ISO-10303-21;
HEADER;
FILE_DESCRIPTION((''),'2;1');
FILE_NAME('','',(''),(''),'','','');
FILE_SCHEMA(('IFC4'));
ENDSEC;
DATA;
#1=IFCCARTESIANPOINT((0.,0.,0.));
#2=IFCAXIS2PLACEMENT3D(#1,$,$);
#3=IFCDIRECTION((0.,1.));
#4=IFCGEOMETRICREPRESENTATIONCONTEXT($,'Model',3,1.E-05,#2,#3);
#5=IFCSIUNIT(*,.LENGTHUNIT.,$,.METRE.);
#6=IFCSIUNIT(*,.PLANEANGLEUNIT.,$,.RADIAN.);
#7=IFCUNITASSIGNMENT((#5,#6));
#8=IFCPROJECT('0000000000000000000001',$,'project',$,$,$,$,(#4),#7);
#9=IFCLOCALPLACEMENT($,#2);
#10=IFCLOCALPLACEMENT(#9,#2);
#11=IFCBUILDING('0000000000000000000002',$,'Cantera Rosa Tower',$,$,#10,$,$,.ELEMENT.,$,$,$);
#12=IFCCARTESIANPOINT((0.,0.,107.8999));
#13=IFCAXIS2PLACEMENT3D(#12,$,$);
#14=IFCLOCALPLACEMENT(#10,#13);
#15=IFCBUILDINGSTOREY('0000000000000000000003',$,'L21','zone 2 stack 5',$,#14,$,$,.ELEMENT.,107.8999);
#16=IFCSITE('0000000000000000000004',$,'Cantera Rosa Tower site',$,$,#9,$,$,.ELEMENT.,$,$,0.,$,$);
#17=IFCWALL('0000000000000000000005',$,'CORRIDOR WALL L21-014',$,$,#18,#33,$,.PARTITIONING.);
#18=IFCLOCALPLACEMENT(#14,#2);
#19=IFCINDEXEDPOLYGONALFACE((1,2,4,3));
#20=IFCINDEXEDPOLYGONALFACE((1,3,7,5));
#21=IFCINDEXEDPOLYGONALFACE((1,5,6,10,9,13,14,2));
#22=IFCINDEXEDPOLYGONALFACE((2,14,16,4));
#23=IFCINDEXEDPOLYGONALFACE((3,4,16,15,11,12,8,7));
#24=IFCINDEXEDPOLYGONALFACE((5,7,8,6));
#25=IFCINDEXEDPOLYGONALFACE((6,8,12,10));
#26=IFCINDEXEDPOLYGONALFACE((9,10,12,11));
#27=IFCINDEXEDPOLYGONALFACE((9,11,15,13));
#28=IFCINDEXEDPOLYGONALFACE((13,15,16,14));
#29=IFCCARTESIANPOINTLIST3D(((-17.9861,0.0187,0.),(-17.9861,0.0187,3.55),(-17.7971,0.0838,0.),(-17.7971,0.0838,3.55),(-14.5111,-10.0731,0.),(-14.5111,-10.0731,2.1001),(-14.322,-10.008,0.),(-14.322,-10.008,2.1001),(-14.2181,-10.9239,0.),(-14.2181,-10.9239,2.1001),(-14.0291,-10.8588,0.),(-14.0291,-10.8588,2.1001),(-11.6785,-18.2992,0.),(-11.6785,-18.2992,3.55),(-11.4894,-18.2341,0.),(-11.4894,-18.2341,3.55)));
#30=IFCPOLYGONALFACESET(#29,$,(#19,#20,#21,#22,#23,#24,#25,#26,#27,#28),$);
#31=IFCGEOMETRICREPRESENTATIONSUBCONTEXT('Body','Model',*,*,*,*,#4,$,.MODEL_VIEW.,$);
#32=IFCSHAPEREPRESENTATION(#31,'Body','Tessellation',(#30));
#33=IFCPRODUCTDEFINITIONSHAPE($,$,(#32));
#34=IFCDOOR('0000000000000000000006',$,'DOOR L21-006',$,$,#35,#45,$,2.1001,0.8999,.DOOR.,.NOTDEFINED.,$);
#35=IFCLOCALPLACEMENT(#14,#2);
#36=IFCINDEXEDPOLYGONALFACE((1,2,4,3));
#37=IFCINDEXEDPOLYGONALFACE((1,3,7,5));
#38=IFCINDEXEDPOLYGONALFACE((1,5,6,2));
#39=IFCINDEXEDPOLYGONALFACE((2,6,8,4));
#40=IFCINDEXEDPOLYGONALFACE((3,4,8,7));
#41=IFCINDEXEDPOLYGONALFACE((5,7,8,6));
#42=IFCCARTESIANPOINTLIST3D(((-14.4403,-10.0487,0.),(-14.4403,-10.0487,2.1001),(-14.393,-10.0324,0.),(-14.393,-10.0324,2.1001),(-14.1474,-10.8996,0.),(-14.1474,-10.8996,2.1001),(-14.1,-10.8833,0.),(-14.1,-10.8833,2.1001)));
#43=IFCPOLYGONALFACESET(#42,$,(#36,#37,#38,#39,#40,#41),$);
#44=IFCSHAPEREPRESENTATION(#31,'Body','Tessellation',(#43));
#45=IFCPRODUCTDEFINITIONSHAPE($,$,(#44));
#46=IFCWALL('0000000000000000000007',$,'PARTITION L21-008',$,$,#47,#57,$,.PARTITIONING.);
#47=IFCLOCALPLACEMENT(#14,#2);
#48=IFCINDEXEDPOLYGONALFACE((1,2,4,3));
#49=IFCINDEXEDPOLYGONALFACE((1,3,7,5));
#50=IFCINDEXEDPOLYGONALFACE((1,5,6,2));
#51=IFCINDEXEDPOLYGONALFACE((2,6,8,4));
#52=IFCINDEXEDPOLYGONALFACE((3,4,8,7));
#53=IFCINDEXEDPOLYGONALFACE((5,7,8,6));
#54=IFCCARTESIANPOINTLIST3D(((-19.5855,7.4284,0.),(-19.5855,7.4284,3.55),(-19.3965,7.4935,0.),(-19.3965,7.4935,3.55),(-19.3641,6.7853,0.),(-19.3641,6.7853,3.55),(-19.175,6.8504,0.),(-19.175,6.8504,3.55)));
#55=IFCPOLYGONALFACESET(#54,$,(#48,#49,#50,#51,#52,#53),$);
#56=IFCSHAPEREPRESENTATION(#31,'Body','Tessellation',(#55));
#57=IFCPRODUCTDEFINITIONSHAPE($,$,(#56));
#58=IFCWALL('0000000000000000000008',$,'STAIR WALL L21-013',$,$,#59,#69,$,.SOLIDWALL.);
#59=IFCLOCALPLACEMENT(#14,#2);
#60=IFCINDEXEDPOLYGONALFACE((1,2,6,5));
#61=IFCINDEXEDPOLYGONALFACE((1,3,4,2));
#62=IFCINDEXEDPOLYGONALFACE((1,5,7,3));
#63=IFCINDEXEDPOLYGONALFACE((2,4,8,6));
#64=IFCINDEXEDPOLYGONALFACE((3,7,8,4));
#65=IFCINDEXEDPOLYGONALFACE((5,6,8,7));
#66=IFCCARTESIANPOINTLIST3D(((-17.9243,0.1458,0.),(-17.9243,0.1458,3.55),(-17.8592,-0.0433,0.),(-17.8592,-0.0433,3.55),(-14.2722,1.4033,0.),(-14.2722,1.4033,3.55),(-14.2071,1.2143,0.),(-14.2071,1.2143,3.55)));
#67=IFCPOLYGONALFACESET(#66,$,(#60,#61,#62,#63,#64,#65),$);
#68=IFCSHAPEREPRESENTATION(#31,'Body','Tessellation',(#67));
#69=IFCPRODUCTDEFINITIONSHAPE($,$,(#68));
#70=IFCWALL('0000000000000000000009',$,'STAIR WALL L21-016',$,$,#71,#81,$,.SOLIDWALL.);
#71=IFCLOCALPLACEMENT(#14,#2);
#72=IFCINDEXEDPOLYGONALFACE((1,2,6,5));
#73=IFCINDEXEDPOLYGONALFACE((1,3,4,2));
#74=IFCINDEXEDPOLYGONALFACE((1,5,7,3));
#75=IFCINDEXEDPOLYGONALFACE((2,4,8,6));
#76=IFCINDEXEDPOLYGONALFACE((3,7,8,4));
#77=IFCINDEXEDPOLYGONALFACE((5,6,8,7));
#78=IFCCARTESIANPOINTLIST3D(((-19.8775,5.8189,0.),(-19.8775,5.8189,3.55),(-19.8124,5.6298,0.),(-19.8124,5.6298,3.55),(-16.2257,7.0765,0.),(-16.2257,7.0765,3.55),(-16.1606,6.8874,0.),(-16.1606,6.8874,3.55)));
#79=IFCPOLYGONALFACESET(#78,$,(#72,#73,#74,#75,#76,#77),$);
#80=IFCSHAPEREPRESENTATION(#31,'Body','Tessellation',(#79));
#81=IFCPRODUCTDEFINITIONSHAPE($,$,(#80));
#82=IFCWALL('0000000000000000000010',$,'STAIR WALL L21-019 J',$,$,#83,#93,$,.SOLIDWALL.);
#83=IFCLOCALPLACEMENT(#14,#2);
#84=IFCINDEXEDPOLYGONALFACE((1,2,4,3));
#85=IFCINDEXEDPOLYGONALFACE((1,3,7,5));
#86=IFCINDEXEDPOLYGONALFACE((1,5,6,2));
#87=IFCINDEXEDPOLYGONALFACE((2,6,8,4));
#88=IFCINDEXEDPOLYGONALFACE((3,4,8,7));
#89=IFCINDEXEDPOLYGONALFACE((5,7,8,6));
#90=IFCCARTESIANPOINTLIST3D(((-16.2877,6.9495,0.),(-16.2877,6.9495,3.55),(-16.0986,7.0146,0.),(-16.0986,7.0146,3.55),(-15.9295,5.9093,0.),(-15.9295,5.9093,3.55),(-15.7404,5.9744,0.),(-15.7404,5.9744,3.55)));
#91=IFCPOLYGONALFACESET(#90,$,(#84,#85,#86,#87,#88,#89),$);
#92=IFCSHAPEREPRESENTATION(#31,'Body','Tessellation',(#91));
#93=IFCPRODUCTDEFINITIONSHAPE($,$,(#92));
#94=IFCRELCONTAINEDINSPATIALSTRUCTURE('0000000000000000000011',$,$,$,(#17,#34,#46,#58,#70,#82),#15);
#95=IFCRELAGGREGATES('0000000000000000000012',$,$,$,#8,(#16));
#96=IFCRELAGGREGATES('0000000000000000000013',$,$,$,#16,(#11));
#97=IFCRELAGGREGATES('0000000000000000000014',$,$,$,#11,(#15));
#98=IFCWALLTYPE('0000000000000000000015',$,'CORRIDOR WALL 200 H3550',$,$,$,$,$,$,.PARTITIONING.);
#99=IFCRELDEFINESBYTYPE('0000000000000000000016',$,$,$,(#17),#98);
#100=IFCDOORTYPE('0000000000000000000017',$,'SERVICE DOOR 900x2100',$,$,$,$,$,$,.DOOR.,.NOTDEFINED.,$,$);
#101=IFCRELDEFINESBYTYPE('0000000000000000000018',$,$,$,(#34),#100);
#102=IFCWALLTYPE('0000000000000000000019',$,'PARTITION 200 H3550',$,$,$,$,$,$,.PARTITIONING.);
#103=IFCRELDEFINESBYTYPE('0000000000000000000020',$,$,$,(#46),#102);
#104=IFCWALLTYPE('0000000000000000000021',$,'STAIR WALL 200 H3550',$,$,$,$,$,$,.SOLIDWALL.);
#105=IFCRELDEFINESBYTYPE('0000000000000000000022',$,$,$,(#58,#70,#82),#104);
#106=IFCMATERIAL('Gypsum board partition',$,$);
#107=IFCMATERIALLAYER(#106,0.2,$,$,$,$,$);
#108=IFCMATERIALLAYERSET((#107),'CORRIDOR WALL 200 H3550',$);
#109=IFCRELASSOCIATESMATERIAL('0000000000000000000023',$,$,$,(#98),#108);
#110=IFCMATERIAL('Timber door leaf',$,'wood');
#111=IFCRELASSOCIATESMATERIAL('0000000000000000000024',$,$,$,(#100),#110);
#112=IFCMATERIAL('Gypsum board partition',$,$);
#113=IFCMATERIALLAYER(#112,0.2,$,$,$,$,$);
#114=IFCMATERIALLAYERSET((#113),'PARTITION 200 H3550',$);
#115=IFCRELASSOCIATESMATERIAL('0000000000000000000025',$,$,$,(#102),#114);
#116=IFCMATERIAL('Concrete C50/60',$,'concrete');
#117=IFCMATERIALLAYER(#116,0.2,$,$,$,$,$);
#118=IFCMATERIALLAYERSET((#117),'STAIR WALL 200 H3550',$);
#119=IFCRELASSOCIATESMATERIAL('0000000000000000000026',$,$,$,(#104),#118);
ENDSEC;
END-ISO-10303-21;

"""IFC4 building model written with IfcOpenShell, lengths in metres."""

from ifc_helpers import new_model, si_unit, direction, frame, frame_2d, origin, place, context, subcontext, project, spatial, rectangle, extrude, material, layer, layer_set, type_object, element, fill, save


model = new_model("IFC4")

# Units and contexts
model_context = context("Model", 3, precision=1e-05, world=origin(), true_north=direction((0.0, 1.0)))
body_context = subcontext(model_context, "Body", "Model", "MODEL_VIEW")
ifc_project = project(units=[si_unit("LENGTHUNIT", "METRE"), si_unit("PLANEANGLEUNIT", "RADIAN")], contexts=[model_context])

# Site, building, storey
site_placement = place(None, origin())
site = spatial("IfcSite", under=ifc_project, at=site_placement, Name="Cantera Rosa Tower site", CompositionType="ELEMENT", RefElevation=0.0)
building_placement = place(site_placement, origin())
building = spatial("IfcBuilding", under=site, at=building_placement, Name="Cantera Rosa Tower", CompositionType="ELEMENT")
storey_placement = place(building_placement, frame((0.0, 0.0, 107.8999)))
storey = spatial("IfcBuildingStorey", under=building, at=storey_placement, Name="L21", Description="zone 2 stack 5", CompositionType="ELEMENT", Elevation=107.8999)

# Wall, opening, door
ifc_material_1 = material(Name="Gypsum board partition")
ifc_layer_1 = layer(ifc_material_1, 0.2)
ifc_layer_set_1 = layer_set([ifc_layer_1], Name="CORRIDOR WALL 200 H3550")
wall_type_1 = type_object("IfcWallType", Name="CORRIDOR WALL 200 H3550", PredefinedType="PARTITIONING", material=ifc_layer_set_1)
wall_1_placement = place(storey_placement, frame((-17.8916, 0.0513, 0.0), z_axis=(0.0, 0.0, 1.0), x_axis=(0.325581, -0.945514, 0.0)))
wall_1 = element("IfcWall", 1, at=wall_1_placement, inside=storey, type_object=wall_type_1, Name="CORRIDOR WALL L21-014", PredefinedType="PARTITIONING", context=body_context, shape_type="SweptSolid", body=[
    extrude(rectangle(XDim=19.3735, YDim=0.2, at=frame_2d((9.6868, 0.0))), origin(), (0.0, 0.0, 1.0), 3.55),
])
opening_placement = place(wall_1_placement, frame((10.6733, 0.0, 0.0)))
opening = element("IfcOpeningElement", 2, at=opening_placement, cuts=wall_1, PredefinedType="OPENING", context=body_context, shape_type="SweptSolid", body=[
    extrude(rectangle(XDim=0.8999, YDim=2.1001, at=frame_2d((0.45, 1.05))), frame((0.0, 0.1099, 0.0), z_axis=(0.0, -1.0, 0.0), x_axis=(1.0, 0.0, 0.0)), (0.0, 0.0, 1.0), 0.22),
])
ifc_material_2 = material(Name="Timber door leaf", Category="wood")
door_type = type_object("IfcDoorType", Name="SERVICE DOOR 900x2100", OperationType="NOTDEFINED", PredefinedType="DOOR", material=ifc_material_2)
door_placement = place(opening_placement, origin())
door = element("IfcDoor", 3, at=door_placement, inside=storey, type_object=door_type, Name="DOOR L21-006", OperationType="NOTDEFINED", OverallHeight=2.1001, OverallWidth=0.8999, PredefinedType="DOOR", context=body_context, shape_type="SweptSolid", body=[
    extrude(rectangle(XDim=0.8999, YDim=2.1001, at=frame_2d((0.45, 1.05))), frame((0.0, 0.0249, 0.0), z_axis=(0.0, -1.0, 0.0), x_axis=(1.0, 0.0, 0.0)), (0.0, 0.0, 1.0), 0.05),
])
fill(opening, door)

# Walls
ifc_material_3 = material(Name="Gypsum board partition")
ifc_layer_2 = layer(ifc_material_3, 0.2)
ifc_layer_set_2 = layer_set([ifc_layer_2], Name="PARTITION 200 H3550")
wall_type_2 = type_object("IfcWallType", Name="PARTITION 200 H3550", PredefinedType="PARTITIONING", material=ifc_layer_set_2)
wall_2_placement = place(storey_placement, frame((-19.2695, 6.8179, 0.0), z_axis=(0.0, 0.0, 1.0), x_axis=(-0.325581, 0.945514, 0.0)))
element("IfcWall", 4, at=wall_2_placement, inside=storey, type_object=wall_type_2, Name="PARTITION L21-008", PredefinedType="PARTITIONING", context=body_context, shape_type="SweptSolid", body=[
    extrude(rectangle(XDim=0.6802, YDim=0.2, at=frame_2d((0.3401, 0.0))), origin(), (0.0, 0.0, 1.0), 3.55),
])
ifc_material_4 = material(Name="Concrete C50/60", Category="concrete")
ifc_layer_3 = layer(ifc_material_4, 0.2)
ifc_layer_set_3 = layer_set([ifc_layer_3], Name="STAIR WALL 200 H3550")
wall_type_3 = type_object("IfcWallType", Name="STAIR WALL 200 H3550", PredefinedType="SOLIDWALL", material=ifc_layer_set_3)
wall_3_placement = place(storey_placement, frame((-17.8916, 0.0513, 0.0), z_axis=(0.0, 0.0, 1.0), x_axis=(0.945515, 0.32558, 0.0)))
element("IfcWall", 5, at=wall_3_placement, inside=storey, type_object=wall_type_3, Name="STAIR WALL L21-013", PredefinedType="SOLIDWALL", context=body_context, shape_type="SweptSolid", body=[
    extrude(rectangle(XDim=3.8625, YDim=0.2, at=frame_2d((1.9312, 0.0))), origin(), (0.0, 0.0, 1.0), 3.55),
])
wall_4_placement = place(storey_placement, frame((-16.1931, 6.9819, 0.0), z_axis=(0.0, 0.0, 1.0), x_axis=(-0.945508, -0.325599, 0.0)))
element("IfcWall", 6, at=wall_4_placement, inside=storey, type_object=wall_type_3, Name="STAIR WALL L21-016", PredefinedType="SOLIDWALL", context=body_context, shape_type="SweptSolid", body=[
    extrude(rectangle(XDim=3.8623, YDim=0.2, at=frame_2d((1.9312, 0.0))), origin(), (0.0, 0.0, 1.0), 3.55),
])
wall_5_placement = place(storey_placement, frame((-15.835, 5.9419, 0.0), z_axis=(0.0, 0.0, 1.0), x_axis=(-0.325601, 0.945507, 0.0)))
element("IfcWall", 7, at=wall_5_placement, inside=storey, type_object=wall_type_3, Name="STAIR WALL L21-019 J", PredefinedType="SOLIDWALL", context=body_context, shape_type="SweptSolid", body=[
    extrude(rectangle(XDim=1.1001, YDim=0.2, at=frame_2d((0.55, 0.0))), origin(), (0.0, 0.0, 1.0), 3.55),
])

save(model, "model.ifc")
